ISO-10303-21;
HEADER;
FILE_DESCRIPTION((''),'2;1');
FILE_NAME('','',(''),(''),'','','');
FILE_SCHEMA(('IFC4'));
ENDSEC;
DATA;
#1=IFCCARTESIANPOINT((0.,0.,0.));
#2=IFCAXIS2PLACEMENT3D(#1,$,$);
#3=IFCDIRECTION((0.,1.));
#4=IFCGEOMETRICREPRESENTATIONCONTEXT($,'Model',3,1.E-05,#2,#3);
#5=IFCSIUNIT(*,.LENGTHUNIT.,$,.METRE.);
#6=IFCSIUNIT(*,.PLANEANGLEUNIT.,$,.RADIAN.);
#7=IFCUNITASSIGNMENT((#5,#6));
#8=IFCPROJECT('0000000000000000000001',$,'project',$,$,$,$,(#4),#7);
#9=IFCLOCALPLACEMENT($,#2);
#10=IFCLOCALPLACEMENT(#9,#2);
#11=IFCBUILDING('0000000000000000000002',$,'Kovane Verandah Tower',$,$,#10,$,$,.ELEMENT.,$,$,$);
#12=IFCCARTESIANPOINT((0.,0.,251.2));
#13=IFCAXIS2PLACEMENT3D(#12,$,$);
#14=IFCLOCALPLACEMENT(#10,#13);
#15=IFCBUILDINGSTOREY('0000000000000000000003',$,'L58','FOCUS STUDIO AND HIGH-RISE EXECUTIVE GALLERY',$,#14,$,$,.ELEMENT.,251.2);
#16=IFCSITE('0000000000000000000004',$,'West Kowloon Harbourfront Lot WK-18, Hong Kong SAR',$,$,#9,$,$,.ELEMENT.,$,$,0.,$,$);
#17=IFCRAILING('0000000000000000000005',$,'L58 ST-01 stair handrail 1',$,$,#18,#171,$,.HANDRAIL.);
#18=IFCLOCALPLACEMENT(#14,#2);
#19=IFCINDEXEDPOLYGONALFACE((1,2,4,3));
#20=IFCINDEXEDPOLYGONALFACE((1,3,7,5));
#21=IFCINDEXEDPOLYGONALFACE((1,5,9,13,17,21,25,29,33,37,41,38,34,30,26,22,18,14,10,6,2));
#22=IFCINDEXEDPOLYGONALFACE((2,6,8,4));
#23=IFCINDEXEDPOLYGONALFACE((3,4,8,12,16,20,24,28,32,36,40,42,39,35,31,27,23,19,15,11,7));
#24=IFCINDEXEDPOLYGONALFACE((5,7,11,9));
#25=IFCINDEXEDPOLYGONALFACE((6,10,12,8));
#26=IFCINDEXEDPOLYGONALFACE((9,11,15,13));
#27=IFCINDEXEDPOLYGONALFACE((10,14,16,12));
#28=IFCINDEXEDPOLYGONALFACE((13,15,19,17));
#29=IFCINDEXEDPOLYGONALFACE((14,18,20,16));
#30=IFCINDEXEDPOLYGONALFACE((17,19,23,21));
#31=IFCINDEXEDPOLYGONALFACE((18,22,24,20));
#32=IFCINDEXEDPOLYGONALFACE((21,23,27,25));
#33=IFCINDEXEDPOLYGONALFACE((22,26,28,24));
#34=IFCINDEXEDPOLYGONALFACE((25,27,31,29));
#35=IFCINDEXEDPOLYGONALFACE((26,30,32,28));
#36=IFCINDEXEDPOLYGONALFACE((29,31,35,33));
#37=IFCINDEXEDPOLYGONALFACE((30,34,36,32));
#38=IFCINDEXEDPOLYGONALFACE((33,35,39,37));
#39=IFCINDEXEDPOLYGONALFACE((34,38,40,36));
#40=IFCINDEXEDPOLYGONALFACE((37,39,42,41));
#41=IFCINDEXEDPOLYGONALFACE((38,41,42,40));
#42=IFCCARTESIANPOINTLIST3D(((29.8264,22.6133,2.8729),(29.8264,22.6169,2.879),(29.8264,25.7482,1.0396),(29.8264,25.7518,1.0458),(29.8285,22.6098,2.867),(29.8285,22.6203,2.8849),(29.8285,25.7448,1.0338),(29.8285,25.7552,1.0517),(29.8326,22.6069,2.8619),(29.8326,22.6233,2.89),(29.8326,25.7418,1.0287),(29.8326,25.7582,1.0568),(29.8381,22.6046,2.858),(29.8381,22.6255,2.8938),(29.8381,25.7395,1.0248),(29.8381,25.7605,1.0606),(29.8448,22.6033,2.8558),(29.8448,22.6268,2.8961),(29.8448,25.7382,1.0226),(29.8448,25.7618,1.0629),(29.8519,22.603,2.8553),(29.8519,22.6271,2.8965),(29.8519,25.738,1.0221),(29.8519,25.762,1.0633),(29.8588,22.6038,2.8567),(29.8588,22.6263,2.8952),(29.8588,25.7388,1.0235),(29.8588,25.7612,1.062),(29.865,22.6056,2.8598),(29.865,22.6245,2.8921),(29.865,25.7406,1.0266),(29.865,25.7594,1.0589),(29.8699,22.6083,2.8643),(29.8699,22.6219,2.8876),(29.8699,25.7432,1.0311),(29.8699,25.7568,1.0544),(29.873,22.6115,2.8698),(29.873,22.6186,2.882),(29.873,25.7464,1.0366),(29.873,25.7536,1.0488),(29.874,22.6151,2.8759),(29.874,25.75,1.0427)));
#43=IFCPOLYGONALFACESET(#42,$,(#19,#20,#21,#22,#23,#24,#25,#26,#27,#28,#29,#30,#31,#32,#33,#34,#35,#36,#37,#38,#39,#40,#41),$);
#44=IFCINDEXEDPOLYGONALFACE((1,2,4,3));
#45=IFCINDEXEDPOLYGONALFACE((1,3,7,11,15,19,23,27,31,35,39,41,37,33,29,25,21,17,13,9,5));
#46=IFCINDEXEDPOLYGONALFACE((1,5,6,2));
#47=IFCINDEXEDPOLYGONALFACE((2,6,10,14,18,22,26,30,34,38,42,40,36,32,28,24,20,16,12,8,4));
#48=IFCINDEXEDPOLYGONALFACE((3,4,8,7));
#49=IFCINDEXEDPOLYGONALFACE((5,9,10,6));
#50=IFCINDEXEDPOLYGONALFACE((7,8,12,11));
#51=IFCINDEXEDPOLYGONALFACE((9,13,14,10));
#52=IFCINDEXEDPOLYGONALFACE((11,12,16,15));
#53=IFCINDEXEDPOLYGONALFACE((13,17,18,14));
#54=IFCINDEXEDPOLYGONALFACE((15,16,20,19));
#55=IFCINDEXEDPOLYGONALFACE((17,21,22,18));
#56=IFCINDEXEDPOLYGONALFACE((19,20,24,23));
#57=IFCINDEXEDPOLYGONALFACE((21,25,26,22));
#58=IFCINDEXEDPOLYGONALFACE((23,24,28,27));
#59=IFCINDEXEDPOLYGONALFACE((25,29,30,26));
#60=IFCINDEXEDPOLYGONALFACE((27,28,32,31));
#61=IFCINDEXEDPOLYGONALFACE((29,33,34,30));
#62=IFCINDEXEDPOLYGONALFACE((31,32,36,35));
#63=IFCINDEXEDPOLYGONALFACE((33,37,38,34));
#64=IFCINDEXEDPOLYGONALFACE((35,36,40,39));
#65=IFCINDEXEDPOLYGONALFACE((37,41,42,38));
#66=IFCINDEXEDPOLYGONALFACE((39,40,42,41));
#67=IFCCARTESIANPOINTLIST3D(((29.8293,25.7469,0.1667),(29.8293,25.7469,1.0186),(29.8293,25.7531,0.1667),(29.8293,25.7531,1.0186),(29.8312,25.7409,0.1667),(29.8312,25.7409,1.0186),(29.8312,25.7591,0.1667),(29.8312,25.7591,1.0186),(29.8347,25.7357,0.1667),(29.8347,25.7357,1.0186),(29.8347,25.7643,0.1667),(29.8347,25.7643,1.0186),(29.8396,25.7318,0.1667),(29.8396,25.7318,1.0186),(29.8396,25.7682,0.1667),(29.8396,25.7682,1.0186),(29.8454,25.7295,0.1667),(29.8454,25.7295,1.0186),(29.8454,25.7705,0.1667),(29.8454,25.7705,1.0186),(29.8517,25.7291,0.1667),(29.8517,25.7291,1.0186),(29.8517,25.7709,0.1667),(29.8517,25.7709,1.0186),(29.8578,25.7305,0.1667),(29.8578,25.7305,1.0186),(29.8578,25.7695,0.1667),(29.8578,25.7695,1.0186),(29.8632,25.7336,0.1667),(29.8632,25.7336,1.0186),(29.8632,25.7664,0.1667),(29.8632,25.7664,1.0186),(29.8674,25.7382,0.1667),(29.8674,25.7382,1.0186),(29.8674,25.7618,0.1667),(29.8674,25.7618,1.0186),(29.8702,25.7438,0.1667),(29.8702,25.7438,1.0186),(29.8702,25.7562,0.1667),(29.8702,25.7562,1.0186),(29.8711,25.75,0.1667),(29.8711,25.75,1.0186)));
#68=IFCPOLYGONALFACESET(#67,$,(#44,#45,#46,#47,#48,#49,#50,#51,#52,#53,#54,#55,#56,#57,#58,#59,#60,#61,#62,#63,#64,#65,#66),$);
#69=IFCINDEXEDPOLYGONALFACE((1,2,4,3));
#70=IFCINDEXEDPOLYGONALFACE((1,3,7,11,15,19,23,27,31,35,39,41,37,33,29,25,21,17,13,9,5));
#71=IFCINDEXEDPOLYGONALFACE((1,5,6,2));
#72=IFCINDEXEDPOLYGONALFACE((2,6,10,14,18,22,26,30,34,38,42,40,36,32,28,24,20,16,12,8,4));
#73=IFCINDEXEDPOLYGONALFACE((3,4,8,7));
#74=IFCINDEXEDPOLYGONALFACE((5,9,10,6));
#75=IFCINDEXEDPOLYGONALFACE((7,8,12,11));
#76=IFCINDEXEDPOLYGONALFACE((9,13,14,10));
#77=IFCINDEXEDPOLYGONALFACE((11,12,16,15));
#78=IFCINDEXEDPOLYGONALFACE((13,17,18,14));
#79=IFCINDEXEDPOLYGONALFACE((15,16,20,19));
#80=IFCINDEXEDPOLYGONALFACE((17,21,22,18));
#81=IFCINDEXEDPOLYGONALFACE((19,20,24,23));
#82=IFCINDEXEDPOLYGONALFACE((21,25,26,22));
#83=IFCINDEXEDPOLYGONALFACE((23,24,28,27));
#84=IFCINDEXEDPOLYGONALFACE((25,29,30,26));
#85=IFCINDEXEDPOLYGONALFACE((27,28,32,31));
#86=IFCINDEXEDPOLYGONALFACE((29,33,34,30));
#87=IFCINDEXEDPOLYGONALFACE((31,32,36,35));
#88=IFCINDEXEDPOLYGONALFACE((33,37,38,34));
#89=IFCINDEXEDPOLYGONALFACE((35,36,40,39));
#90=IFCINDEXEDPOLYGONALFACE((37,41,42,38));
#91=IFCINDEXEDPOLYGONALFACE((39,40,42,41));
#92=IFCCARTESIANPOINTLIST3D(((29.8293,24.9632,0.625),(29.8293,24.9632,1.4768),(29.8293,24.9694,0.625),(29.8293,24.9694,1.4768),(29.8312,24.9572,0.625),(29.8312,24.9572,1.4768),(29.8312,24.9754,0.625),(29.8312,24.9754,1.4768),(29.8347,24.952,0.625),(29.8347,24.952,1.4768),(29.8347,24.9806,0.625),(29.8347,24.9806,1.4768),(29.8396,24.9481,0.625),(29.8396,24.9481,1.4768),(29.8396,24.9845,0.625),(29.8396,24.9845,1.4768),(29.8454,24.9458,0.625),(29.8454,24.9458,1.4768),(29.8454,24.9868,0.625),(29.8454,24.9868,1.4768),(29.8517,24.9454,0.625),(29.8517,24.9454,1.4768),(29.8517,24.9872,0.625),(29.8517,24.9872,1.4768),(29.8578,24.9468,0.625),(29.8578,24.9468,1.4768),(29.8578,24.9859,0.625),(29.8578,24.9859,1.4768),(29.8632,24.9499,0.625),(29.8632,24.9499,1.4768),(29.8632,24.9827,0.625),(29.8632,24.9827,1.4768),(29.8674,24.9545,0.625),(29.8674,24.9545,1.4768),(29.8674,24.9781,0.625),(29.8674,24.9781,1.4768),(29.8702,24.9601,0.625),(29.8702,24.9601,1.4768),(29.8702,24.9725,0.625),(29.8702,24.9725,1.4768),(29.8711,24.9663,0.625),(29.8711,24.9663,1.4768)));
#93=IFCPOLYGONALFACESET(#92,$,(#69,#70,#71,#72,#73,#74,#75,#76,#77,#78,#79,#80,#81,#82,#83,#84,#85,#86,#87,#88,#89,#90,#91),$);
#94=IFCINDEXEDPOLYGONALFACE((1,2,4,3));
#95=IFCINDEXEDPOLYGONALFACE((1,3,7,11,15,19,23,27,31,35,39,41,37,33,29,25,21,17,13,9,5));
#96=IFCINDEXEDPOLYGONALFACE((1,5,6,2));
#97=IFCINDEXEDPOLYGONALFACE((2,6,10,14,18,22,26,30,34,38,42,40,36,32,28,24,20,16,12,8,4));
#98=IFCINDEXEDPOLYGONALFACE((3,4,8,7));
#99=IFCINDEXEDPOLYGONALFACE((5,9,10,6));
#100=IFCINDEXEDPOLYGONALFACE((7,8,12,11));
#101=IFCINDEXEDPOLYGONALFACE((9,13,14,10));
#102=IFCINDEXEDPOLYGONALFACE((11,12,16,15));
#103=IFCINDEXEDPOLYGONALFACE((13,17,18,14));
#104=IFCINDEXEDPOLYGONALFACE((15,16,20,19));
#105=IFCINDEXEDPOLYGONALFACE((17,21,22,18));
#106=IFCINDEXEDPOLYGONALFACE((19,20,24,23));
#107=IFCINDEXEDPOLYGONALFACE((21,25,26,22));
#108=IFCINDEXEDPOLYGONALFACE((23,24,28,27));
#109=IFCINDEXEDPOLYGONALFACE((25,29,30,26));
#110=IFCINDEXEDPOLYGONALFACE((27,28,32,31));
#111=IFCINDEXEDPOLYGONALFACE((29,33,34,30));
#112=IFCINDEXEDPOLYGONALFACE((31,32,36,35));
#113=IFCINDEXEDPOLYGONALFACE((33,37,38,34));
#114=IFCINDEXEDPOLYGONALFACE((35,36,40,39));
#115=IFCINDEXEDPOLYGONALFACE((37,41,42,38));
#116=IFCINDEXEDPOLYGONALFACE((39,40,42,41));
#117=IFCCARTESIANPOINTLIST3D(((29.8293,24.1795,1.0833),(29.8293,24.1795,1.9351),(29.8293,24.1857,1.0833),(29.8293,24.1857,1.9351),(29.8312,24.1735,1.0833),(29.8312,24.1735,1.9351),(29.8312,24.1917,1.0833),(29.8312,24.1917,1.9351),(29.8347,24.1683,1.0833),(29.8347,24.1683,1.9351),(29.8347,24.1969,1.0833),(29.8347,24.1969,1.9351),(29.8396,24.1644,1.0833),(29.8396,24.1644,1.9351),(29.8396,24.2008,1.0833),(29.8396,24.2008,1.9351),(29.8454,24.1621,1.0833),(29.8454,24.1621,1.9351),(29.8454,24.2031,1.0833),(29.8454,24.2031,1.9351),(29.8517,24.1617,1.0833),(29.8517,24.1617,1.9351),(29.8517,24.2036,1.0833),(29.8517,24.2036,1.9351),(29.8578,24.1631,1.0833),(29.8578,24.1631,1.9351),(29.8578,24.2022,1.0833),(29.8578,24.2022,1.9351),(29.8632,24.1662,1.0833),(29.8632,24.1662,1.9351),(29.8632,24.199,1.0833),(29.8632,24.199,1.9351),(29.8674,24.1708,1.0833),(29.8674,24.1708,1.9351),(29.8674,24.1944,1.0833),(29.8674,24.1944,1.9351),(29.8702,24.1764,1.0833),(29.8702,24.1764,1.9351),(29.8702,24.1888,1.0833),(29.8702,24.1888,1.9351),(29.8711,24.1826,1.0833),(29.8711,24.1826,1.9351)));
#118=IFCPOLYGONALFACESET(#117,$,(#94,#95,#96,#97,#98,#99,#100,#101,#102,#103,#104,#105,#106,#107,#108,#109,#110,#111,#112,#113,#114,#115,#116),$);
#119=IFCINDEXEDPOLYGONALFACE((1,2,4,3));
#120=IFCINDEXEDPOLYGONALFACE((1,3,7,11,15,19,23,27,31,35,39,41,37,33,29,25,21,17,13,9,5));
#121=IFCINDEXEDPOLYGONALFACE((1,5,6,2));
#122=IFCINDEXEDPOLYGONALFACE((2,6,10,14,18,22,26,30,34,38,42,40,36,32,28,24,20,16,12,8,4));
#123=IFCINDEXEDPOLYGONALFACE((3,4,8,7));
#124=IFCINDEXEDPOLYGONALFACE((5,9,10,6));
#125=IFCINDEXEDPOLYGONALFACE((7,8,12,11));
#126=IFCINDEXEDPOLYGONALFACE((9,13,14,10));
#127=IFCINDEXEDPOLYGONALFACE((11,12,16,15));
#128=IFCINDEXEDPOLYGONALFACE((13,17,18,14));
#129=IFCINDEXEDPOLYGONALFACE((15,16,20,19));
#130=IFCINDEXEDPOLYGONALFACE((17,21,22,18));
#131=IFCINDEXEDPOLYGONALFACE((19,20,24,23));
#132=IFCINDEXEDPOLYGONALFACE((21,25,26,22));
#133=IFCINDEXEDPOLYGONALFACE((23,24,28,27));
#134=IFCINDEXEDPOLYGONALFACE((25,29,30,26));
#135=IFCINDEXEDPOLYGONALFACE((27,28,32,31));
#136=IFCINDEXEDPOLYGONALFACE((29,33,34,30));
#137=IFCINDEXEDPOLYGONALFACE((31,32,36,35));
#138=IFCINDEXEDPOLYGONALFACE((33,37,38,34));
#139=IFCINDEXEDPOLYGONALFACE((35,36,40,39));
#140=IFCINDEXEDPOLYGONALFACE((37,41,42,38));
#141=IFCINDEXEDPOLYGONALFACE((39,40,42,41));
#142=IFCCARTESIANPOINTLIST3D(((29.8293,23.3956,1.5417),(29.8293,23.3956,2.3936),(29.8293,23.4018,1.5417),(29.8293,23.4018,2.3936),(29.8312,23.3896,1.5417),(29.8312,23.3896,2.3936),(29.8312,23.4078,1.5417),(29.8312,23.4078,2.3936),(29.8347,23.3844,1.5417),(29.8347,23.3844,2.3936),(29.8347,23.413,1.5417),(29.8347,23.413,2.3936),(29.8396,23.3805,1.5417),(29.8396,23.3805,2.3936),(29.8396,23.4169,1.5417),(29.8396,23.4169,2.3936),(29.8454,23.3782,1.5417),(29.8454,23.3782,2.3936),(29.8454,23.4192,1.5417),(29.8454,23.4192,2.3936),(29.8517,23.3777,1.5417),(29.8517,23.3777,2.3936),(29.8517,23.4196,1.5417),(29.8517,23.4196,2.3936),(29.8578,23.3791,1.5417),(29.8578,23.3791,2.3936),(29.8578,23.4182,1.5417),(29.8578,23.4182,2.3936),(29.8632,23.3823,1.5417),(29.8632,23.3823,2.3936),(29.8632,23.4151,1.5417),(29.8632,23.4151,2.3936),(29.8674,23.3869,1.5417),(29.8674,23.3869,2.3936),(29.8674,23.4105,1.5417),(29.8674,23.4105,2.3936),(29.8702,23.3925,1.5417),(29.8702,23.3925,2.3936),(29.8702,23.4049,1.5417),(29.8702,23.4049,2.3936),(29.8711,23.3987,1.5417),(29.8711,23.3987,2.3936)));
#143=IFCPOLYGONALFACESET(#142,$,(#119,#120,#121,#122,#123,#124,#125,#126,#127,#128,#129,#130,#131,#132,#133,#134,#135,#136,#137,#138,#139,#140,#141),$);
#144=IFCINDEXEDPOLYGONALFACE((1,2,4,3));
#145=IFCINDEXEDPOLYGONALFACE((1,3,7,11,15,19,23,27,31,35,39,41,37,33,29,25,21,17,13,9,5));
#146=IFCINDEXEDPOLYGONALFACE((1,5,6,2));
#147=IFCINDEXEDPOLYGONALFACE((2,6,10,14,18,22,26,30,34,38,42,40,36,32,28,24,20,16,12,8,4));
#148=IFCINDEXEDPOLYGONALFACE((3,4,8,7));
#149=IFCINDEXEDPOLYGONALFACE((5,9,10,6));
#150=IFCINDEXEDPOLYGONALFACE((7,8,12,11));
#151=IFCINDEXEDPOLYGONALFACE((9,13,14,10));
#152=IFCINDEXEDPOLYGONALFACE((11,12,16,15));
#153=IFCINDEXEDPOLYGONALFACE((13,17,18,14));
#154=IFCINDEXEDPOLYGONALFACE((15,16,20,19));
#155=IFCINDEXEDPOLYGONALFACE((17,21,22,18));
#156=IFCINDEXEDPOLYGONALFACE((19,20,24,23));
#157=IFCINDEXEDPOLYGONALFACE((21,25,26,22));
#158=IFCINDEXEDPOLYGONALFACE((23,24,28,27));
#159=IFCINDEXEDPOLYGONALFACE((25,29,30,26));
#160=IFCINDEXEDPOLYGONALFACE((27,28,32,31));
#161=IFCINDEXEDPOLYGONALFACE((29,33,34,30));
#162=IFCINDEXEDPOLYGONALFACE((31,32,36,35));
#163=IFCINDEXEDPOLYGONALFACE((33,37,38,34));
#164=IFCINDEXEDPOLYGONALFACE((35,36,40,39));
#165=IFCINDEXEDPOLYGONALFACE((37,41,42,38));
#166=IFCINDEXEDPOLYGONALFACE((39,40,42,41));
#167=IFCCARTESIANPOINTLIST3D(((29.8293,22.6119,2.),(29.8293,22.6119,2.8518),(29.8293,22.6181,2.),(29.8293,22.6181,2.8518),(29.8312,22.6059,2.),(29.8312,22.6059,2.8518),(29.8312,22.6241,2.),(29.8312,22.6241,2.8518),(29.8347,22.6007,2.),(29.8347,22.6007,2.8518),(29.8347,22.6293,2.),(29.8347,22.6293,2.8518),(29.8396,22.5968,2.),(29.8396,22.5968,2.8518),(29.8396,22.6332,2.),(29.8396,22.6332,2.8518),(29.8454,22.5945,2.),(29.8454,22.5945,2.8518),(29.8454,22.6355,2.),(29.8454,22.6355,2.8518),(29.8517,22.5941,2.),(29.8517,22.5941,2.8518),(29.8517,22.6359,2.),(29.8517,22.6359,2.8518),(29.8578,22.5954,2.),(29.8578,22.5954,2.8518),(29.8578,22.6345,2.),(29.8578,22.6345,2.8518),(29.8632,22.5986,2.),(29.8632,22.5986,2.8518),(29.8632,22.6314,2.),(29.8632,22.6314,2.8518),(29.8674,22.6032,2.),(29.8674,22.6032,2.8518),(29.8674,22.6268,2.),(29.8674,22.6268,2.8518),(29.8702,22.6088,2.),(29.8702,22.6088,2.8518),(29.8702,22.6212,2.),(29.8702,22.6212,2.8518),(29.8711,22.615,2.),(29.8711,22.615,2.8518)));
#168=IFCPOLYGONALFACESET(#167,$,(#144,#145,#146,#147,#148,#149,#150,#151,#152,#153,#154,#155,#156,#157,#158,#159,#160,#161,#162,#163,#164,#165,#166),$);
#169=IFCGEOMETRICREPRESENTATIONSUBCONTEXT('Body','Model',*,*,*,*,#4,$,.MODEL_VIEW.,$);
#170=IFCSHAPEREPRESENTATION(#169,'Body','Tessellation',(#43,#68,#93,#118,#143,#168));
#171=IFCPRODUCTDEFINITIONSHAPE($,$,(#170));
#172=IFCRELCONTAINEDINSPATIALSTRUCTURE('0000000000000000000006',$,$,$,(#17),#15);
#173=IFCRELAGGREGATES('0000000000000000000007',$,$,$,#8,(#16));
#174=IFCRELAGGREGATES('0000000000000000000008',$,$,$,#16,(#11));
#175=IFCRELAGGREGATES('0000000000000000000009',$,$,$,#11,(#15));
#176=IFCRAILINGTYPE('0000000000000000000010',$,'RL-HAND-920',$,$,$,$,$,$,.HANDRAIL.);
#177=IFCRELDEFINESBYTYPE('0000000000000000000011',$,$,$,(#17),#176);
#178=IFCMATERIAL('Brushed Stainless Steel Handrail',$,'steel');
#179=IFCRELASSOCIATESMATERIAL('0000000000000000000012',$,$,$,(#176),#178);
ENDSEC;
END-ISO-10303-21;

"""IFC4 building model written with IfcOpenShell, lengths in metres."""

from ifc_helpers import new_model, si_unit, direction, frame, origin, origin_2d, place, context, subcontext, project, spatial, circle, extrude, material, type_object, element, save


model = new_model("IFC4")

# Units and contexts
model_context = context("Model", 3, precision=1e-05, world=origin(), true_north=direction((0.0, 1.0)))
body_context = subcontext(model_context, "Body", "Model", "MODEL_VIEW")
ifc_project = project(units=[si_unit("LENGTHUNIT", "METRE"), si_unit("PLANEANGLEUNIT", "RADIAN")], contexts=[model_context])

# Site, building, storey
site_placement = place(None, origin())
site = spatial("IfcSite", under=ifc_project, at=site_placement, Name="West Kowloon Harbourfront Lot WK-18, Hong Kong SAR", CompositionType="ELEMENT", RefElevation=0.0)
building_placement = place(site_placement, origin())
building = spatial("IfcBuilding", under=site, at=building_placement, Name="Kovane Verandah Tower", CompositionType="ELEMENT")
storey_placement = place(building_placement, frame((0.0, 0.0, 251.2)))
storey = spatial("IfcBuildingStorey", under=building, at=storey_placement, Name="L58", Description="FOCUS STUDIO AND HIGH-RISE EXECUTIVE GALLERY", CompositionType="ELEMENT", Elevation=251.2)

# Railing
ifc_material_1 = material(Name="Brushed Stainless Steel Handrail", Category="steel")
railing_type_1 = type_object("IfcRailingType", Name="RL-HAND-920", PredefinedType="HANDRAIL", material=ifc_material_1)
railing_1_placement = place(storey_placement, frame((29.8501, 25.75, 0.1667)))
element("IfcRailing", 1, at=railing_1_placement, inside=storey, type_object=railing_type_1, Name="L58 ST-01 stair handrail 1", PredefinedType="HANDRAIL", context=body_context, shape_type="SweptSolid", body=[
    extrude(circle(Radius=0.0239, at=origin_2d()), frame((0.0, 0.0, 0.876), z_axis=(0.0, -0.86324, 0.504794), x_axis=(1.0, 0.0, 0.0)), (0.0, 0.0, 1.0), 3.6316),
    extrude(circle(Radius=0.021, at=origin_2d()), origin(), (0.0, 0.0, 1.0), 0.8518),
    extrude(circle(Radius=0.021, at=origin_2d()), frame((0.0, -0.7837, 0.4583)), (0.0, 0.0, 1.0), 0.8518),
    extrude(circle(Radius=0.021, at=origin_2d()), frame((0.0, -1.5674, 0.9165)), (0.0, 0.0, 1.0), 0.8518),
    extrude(circle(Radius=0.021, at=origin_2d()), frame((0.0, -2.3513, 1.375)), (0.0, 0.0, 1.0), 0.8518),
    extrude(circle(Radius=0.021, at=origin_2d()), frame((0.0, -3.135, 1.8333)), (0.0, 0.0, 1.0), 0.8518),
])

save(model, "model.ifc")
